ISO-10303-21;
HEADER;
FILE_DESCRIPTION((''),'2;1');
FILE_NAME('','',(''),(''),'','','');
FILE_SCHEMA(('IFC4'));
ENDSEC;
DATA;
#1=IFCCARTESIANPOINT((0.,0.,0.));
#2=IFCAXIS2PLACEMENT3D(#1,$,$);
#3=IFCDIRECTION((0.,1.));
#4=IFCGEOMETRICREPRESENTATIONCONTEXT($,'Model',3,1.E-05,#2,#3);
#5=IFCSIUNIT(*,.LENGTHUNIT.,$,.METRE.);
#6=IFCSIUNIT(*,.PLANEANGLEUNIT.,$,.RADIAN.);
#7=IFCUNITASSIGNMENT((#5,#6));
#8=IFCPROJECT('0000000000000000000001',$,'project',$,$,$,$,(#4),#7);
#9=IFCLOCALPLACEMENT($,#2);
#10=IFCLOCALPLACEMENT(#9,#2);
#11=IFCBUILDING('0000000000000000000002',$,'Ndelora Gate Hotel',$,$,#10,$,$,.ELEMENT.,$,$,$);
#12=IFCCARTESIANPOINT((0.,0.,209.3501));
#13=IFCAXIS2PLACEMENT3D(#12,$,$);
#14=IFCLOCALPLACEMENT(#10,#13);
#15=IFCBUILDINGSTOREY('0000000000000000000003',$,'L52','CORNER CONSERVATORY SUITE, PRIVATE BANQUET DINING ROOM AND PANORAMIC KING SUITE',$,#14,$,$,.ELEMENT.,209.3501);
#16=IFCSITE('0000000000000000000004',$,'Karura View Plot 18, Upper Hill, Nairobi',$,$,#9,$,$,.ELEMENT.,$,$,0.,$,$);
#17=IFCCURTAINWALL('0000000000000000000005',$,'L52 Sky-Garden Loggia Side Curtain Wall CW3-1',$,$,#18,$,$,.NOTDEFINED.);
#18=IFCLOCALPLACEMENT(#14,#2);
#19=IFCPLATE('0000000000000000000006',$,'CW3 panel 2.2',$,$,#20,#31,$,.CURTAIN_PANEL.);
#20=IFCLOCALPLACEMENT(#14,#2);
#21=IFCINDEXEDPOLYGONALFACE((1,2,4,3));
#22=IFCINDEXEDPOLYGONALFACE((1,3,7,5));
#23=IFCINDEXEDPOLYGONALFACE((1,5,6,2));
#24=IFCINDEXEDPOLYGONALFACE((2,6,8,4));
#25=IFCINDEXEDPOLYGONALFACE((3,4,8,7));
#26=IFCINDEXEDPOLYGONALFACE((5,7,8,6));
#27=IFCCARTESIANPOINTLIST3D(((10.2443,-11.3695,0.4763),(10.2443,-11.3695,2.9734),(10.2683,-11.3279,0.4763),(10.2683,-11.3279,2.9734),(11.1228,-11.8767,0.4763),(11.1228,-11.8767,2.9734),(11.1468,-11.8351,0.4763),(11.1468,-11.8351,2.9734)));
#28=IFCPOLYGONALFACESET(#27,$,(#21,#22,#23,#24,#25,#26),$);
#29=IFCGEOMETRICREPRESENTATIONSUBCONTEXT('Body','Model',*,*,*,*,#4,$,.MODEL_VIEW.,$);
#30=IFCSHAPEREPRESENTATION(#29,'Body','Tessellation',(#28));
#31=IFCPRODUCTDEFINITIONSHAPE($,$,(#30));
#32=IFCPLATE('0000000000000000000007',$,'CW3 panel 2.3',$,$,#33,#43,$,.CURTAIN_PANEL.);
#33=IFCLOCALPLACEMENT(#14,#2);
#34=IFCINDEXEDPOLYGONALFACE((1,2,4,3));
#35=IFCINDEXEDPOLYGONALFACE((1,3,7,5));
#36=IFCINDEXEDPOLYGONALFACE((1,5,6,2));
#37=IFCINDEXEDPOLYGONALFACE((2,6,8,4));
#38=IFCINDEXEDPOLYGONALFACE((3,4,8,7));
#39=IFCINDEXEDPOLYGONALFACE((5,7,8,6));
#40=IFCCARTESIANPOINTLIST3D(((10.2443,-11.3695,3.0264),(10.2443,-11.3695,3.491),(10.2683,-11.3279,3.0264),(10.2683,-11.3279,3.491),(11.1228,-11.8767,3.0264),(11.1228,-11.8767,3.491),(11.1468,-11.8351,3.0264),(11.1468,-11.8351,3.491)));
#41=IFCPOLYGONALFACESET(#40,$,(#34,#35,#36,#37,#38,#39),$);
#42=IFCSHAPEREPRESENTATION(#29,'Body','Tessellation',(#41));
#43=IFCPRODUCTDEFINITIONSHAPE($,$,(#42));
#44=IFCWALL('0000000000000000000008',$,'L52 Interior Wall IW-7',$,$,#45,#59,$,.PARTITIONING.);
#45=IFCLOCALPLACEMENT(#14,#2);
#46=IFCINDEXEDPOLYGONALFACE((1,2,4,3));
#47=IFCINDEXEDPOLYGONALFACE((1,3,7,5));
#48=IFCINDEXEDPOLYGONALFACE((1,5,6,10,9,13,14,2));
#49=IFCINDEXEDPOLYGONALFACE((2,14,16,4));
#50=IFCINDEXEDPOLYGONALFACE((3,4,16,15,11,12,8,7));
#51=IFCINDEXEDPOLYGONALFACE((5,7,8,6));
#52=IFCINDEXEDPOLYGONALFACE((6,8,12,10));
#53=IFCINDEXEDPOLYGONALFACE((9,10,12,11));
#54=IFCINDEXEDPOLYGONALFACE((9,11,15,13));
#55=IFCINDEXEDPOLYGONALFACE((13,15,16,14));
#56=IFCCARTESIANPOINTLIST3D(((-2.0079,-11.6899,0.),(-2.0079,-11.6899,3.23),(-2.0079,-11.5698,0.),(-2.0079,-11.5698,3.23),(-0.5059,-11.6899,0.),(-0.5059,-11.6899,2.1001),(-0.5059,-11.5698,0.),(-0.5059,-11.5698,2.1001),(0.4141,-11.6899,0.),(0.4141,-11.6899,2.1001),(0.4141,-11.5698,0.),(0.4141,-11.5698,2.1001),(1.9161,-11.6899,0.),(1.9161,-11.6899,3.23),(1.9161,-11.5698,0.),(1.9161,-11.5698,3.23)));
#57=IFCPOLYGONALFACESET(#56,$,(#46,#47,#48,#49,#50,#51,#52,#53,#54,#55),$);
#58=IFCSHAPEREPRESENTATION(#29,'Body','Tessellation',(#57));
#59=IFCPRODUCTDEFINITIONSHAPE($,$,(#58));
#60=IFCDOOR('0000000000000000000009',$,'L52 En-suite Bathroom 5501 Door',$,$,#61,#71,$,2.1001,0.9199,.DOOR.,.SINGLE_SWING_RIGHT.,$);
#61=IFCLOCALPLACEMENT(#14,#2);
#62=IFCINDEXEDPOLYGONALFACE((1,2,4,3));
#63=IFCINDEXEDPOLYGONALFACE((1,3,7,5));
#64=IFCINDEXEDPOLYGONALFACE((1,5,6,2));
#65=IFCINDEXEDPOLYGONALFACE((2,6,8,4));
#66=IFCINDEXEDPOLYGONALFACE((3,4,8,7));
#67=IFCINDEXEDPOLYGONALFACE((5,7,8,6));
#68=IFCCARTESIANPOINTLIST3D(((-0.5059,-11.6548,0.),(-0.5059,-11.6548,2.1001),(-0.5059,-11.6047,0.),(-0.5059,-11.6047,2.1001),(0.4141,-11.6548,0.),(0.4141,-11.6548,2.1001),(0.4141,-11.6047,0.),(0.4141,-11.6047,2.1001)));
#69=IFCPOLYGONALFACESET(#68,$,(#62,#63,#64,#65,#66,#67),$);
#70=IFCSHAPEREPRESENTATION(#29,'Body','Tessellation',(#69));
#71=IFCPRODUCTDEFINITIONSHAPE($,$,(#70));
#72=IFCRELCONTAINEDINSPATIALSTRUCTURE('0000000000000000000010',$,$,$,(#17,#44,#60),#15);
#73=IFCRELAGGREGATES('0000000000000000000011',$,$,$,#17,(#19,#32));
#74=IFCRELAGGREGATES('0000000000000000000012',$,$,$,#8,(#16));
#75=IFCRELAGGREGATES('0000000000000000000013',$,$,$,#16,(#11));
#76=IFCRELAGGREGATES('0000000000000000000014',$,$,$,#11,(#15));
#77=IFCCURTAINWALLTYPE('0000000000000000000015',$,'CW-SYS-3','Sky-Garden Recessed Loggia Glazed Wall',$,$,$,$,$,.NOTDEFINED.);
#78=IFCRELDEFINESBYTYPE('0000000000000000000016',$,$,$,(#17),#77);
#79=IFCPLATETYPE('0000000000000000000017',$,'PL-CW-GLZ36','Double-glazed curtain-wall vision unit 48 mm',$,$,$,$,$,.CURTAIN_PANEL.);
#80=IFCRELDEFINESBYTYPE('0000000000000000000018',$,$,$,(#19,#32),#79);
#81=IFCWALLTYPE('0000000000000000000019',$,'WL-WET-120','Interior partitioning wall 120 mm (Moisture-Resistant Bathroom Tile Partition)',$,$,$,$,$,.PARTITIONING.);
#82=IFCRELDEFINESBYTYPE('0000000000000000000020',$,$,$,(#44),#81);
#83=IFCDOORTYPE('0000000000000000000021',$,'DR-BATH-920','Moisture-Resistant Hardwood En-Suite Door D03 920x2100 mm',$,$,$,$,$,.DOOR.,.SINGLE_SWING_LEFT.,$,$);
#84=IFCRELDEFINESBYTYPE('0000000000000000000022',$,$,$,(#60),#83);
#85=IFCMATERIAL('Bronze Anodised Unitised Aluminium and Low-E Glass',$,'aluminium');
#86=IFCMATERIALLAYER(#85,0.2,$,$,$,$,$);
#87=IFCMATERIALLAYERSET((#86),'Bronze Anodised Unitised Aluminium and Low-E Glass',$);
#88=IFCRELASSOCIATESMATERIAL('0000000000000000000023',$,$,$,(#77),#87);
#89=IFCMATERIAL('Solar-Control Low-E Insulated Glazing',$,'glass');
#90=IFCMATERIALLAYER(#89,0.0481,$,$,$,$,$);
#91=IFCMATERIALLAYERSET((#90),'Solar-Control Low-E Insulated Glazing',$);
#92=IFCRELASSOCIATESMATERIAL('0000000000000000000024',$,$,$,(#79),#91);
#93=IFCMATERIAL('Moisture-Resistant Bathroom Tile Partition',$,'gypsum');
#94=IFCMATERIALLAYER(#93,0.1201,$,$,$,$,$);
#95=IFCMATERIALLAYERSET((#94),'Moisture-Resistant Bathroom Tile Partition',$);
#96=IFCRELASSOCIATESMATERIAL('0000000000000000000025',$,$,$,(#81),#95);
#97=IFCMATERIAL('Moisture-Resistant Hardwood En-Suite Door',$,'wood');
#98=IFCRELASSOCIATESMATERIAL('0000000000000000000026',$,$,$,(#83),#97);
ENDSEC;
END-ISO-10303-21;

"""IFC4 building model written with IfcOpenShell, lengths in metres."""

from ifc_helpers import new_model, si_unit, direction, frame, frame_2d, origin, origin_2d, place, context, subcontext, project, spatial, rectangle, extrude, material, layer, layer_set, type_object, element, fill, aggregate, save


model = new_model("IFC4")

# Units and contexts
model_context = context("Model", 3, precision=1e-05, world=origin(), true_north=direction((0.0, 1.0)))
body_context = subcontext(model_context, "Body", "Model", "MODEL_VIEW")
ifc_project = project(units=[si_unit("LENGTHUNIT", "METRE"), si_unit("PLANEANGLEUNIT", "RADIAN")], contexts=[model_context])

# Site, building, storey
site_placement = place(None, origin())
site = spatial("IfcSite", under=ifc_project, at=site_placement, Name="Karura View Plot 18, Upper Hill, Nairobi", CompositionType="ELEMENT", RefElevation=0.0)
building_placement = place(site_placement, origin())
building = spatial("IfcBuilding", under=site, at=building_placement, Name="Ndelora Gate Hotel", CompositionType="ELEMENT")
storey_placement = place(building_placement, frame((0.0, 0.0, 209.3501)))
storey = spatial("IfcBuildingStorey", under=building, at=storey_placement, Name="L52", Description="CORNER CONSERVATORY SUITE, PRIVATE BANQUET DINING ROOM AND PANORAMIC KING SUITE", CompositionType="ELEMENT", Elevation=209.3501)

# Curtain wall, plates
ifc_material_1 = material(Name="Bronze Anodised Unitised Aluminium and Low-E Glass", Category="aluminium")
ifc_layer_1 = layer(ifc_material_1, 0.2)
ifc_layer_set_1 = layer_set([ifc_layer_1], Name="Bronze Anodised Unitised Aluminium and Low-E Glass")
curtain_wall_type = type_object("IfcCurtainWallType", Name="CW-SYS-3", Description="Sky-Garden Recessed Loggia Glazed Wall", PredefinedType="NOTDEFINED", material=ifc_layer_set_1)
curtain_wall_placement = place(storey_placement, origin())
curtain_wall = element("IfcCurtainWall", 1, at=curtain_wall_placement, inside=storey, type_object=curtain_wall_type, Name="L52 Sky-Garden Loggia Side Curtain Wall CW3-1", PredefinedType="NOTDEFINED")
ifc_material_2 = material(Name="Solar-Control Low-E Insulated Glazing", Category="glass")
ifc_layer_2 = layer(ifc_material_2, 0.0481)
ifc_layer_set_2 = layer_set([ifc_layer_2], Name="Solar-Control Low-E Insulated Glazing")
plate_type = type_object("IfcPlateType", Name="PL-CW-GLZ36", Description="Double-glazed curtain-wall vision unit 48 mm", PredefinedType="CURTAIN_PANEL", material=ifc_layer_set_2)
plate_1_placement = place(storey_placement, frame((10.6956, -11.6023, 0.4763), z_axis=(0.0, 0.0, 1.0), x_axis=(0.86603, -0.499991, 0.0)))
plate_1 = element("IfcPlate", 2, at=plate_1_placement, type_object=plate_type, Name="CW3 panel 2.2", PredefinedType="CURTAIN_PANEL", context=body_context, shape_type="SweptSolid", body=[
    extrude(rectangle(XDim=1.0144, YDim=0.0481, at=origin_2d()), origin(), (0.0, 0.0, 1.0), 2.4971),
])
plate_2_placement = place(storey_placement, frame((10.6956, -11.6023, 3.0264), z_axis=(0.0, 0.0, 1.0), x_axis=(0.86603, -0.499991, 0.0)))
plate_2 = element("IfcPlate", 3, at=plate_2_placement, type_object=plate_type, Name="CW3 panel 2.3", PredefinedType="CURTAIN_PANEL", context=body_context, shape_type="SweptSolid", body=[
    extrude(rectangle(XDim=1.0144, YDim=0.0481, at=origin_2d()), origin(), (0.0, 0.0, 1.0), 0.4646),
])
aggregate(curtain_wall, [plate_1, plate_2])

# Wall, opening, door
ifc_material_3 = material(Name="Moisture-Resistant Bathroom Tile Partition", Category="gypsum")
ifc_layer_3 = layer(ifc_material_3, 0.1201)
ifc_layer_set_3 = layer_set([ifc_layer_3], Name="Moisture-Resistant Bathroom Tile Partition")
wall_type = type_object("IfcWallType", Name="WL-WET-120", Description="Interior partitioning wall 120 mm (Moisture-Resistant Bathroom Tile Partition)", PredefinedType="PARTITIONING", material=ifc_layer_set_3)
wall_placement = place(storey_placement, frame((1.916, -11.6299, 0.0), z_axis=(0.0, 0.0, 1.0), x_axis=(-1.0, 0.0, 0.0)))
wall = element("IfcWall", 4, at=wall_placement, inside=storey, type_object=wall_type, Name="L52 Interior Wall IW-7", PredefinedType="PARTITIONING", context=body_context, shape_type="SweptSolid", body=[
    extrude(rectangle(XDim=3.9241, YDim=0.1201, at=frame_2d((1.9619, 0.0))), origin(), (0.0, 0.0, 1.0), 3.23),
])
opening_placement = place(wall_placement, frame((1.502, 0.0, 0.0)))
opening = element("IfcOpeningElement", 5, at=opening_placement, cuts=wall, PredefinedType="OPENING", context=body_context, shape_type="SweptSolid", body=[
    extrude(rectangle(XDim=0.9199, YDim=2.1001, at=frame_2d((0.46, 1.05))), frame((0.0, 0.0701, 0.0), z_axis=(0.0, -1.0, 0.0), x_axis=(1.0, 0.0, 0.0)), (0.0, 0.0, 1.0), 0.1401),
])
ifc_material_4 = material(Name="Moisture-Resistant Hardwood En-Suite Door", Category="wood")
door_type = type_object("IfcDoorType", Name="DR-BATH-920", Description="Moisture-Resistant Hardwood En-Suite Door D03 920x2100 mm", OperationType="SINGLE_SWING_LEFT", PredefinedType="DOOR", material=ifc_material_4)
door_placement = place(opening_placement, origin())
door = element("IfcDoor", 6, at=door_placement, inside=storey, type_object=door_type, Name="L52 En-suite Bathroom 5501 Door", OperationType="SINGLE_SWING_RIGHT", OverallHeight=2.1001, OverallWidth=0.9199, PredefinedType="DOOR", context=body_context, shape_type="SweptSolid", body=[
    extrude(rectangle(XDim=0.9199, YDim=2.1001, at=frame_2d((0.46, 1.05))), frame((0.0, 0.0249, 0.0), z_axis=(0.0, -1.0, 0.0), x_axis=(1.0, 0.0, 0.0)), (0.0, 0.0, 1.0), 0.05),
])
fill(opening, door)

save(model, "model.ifc")
